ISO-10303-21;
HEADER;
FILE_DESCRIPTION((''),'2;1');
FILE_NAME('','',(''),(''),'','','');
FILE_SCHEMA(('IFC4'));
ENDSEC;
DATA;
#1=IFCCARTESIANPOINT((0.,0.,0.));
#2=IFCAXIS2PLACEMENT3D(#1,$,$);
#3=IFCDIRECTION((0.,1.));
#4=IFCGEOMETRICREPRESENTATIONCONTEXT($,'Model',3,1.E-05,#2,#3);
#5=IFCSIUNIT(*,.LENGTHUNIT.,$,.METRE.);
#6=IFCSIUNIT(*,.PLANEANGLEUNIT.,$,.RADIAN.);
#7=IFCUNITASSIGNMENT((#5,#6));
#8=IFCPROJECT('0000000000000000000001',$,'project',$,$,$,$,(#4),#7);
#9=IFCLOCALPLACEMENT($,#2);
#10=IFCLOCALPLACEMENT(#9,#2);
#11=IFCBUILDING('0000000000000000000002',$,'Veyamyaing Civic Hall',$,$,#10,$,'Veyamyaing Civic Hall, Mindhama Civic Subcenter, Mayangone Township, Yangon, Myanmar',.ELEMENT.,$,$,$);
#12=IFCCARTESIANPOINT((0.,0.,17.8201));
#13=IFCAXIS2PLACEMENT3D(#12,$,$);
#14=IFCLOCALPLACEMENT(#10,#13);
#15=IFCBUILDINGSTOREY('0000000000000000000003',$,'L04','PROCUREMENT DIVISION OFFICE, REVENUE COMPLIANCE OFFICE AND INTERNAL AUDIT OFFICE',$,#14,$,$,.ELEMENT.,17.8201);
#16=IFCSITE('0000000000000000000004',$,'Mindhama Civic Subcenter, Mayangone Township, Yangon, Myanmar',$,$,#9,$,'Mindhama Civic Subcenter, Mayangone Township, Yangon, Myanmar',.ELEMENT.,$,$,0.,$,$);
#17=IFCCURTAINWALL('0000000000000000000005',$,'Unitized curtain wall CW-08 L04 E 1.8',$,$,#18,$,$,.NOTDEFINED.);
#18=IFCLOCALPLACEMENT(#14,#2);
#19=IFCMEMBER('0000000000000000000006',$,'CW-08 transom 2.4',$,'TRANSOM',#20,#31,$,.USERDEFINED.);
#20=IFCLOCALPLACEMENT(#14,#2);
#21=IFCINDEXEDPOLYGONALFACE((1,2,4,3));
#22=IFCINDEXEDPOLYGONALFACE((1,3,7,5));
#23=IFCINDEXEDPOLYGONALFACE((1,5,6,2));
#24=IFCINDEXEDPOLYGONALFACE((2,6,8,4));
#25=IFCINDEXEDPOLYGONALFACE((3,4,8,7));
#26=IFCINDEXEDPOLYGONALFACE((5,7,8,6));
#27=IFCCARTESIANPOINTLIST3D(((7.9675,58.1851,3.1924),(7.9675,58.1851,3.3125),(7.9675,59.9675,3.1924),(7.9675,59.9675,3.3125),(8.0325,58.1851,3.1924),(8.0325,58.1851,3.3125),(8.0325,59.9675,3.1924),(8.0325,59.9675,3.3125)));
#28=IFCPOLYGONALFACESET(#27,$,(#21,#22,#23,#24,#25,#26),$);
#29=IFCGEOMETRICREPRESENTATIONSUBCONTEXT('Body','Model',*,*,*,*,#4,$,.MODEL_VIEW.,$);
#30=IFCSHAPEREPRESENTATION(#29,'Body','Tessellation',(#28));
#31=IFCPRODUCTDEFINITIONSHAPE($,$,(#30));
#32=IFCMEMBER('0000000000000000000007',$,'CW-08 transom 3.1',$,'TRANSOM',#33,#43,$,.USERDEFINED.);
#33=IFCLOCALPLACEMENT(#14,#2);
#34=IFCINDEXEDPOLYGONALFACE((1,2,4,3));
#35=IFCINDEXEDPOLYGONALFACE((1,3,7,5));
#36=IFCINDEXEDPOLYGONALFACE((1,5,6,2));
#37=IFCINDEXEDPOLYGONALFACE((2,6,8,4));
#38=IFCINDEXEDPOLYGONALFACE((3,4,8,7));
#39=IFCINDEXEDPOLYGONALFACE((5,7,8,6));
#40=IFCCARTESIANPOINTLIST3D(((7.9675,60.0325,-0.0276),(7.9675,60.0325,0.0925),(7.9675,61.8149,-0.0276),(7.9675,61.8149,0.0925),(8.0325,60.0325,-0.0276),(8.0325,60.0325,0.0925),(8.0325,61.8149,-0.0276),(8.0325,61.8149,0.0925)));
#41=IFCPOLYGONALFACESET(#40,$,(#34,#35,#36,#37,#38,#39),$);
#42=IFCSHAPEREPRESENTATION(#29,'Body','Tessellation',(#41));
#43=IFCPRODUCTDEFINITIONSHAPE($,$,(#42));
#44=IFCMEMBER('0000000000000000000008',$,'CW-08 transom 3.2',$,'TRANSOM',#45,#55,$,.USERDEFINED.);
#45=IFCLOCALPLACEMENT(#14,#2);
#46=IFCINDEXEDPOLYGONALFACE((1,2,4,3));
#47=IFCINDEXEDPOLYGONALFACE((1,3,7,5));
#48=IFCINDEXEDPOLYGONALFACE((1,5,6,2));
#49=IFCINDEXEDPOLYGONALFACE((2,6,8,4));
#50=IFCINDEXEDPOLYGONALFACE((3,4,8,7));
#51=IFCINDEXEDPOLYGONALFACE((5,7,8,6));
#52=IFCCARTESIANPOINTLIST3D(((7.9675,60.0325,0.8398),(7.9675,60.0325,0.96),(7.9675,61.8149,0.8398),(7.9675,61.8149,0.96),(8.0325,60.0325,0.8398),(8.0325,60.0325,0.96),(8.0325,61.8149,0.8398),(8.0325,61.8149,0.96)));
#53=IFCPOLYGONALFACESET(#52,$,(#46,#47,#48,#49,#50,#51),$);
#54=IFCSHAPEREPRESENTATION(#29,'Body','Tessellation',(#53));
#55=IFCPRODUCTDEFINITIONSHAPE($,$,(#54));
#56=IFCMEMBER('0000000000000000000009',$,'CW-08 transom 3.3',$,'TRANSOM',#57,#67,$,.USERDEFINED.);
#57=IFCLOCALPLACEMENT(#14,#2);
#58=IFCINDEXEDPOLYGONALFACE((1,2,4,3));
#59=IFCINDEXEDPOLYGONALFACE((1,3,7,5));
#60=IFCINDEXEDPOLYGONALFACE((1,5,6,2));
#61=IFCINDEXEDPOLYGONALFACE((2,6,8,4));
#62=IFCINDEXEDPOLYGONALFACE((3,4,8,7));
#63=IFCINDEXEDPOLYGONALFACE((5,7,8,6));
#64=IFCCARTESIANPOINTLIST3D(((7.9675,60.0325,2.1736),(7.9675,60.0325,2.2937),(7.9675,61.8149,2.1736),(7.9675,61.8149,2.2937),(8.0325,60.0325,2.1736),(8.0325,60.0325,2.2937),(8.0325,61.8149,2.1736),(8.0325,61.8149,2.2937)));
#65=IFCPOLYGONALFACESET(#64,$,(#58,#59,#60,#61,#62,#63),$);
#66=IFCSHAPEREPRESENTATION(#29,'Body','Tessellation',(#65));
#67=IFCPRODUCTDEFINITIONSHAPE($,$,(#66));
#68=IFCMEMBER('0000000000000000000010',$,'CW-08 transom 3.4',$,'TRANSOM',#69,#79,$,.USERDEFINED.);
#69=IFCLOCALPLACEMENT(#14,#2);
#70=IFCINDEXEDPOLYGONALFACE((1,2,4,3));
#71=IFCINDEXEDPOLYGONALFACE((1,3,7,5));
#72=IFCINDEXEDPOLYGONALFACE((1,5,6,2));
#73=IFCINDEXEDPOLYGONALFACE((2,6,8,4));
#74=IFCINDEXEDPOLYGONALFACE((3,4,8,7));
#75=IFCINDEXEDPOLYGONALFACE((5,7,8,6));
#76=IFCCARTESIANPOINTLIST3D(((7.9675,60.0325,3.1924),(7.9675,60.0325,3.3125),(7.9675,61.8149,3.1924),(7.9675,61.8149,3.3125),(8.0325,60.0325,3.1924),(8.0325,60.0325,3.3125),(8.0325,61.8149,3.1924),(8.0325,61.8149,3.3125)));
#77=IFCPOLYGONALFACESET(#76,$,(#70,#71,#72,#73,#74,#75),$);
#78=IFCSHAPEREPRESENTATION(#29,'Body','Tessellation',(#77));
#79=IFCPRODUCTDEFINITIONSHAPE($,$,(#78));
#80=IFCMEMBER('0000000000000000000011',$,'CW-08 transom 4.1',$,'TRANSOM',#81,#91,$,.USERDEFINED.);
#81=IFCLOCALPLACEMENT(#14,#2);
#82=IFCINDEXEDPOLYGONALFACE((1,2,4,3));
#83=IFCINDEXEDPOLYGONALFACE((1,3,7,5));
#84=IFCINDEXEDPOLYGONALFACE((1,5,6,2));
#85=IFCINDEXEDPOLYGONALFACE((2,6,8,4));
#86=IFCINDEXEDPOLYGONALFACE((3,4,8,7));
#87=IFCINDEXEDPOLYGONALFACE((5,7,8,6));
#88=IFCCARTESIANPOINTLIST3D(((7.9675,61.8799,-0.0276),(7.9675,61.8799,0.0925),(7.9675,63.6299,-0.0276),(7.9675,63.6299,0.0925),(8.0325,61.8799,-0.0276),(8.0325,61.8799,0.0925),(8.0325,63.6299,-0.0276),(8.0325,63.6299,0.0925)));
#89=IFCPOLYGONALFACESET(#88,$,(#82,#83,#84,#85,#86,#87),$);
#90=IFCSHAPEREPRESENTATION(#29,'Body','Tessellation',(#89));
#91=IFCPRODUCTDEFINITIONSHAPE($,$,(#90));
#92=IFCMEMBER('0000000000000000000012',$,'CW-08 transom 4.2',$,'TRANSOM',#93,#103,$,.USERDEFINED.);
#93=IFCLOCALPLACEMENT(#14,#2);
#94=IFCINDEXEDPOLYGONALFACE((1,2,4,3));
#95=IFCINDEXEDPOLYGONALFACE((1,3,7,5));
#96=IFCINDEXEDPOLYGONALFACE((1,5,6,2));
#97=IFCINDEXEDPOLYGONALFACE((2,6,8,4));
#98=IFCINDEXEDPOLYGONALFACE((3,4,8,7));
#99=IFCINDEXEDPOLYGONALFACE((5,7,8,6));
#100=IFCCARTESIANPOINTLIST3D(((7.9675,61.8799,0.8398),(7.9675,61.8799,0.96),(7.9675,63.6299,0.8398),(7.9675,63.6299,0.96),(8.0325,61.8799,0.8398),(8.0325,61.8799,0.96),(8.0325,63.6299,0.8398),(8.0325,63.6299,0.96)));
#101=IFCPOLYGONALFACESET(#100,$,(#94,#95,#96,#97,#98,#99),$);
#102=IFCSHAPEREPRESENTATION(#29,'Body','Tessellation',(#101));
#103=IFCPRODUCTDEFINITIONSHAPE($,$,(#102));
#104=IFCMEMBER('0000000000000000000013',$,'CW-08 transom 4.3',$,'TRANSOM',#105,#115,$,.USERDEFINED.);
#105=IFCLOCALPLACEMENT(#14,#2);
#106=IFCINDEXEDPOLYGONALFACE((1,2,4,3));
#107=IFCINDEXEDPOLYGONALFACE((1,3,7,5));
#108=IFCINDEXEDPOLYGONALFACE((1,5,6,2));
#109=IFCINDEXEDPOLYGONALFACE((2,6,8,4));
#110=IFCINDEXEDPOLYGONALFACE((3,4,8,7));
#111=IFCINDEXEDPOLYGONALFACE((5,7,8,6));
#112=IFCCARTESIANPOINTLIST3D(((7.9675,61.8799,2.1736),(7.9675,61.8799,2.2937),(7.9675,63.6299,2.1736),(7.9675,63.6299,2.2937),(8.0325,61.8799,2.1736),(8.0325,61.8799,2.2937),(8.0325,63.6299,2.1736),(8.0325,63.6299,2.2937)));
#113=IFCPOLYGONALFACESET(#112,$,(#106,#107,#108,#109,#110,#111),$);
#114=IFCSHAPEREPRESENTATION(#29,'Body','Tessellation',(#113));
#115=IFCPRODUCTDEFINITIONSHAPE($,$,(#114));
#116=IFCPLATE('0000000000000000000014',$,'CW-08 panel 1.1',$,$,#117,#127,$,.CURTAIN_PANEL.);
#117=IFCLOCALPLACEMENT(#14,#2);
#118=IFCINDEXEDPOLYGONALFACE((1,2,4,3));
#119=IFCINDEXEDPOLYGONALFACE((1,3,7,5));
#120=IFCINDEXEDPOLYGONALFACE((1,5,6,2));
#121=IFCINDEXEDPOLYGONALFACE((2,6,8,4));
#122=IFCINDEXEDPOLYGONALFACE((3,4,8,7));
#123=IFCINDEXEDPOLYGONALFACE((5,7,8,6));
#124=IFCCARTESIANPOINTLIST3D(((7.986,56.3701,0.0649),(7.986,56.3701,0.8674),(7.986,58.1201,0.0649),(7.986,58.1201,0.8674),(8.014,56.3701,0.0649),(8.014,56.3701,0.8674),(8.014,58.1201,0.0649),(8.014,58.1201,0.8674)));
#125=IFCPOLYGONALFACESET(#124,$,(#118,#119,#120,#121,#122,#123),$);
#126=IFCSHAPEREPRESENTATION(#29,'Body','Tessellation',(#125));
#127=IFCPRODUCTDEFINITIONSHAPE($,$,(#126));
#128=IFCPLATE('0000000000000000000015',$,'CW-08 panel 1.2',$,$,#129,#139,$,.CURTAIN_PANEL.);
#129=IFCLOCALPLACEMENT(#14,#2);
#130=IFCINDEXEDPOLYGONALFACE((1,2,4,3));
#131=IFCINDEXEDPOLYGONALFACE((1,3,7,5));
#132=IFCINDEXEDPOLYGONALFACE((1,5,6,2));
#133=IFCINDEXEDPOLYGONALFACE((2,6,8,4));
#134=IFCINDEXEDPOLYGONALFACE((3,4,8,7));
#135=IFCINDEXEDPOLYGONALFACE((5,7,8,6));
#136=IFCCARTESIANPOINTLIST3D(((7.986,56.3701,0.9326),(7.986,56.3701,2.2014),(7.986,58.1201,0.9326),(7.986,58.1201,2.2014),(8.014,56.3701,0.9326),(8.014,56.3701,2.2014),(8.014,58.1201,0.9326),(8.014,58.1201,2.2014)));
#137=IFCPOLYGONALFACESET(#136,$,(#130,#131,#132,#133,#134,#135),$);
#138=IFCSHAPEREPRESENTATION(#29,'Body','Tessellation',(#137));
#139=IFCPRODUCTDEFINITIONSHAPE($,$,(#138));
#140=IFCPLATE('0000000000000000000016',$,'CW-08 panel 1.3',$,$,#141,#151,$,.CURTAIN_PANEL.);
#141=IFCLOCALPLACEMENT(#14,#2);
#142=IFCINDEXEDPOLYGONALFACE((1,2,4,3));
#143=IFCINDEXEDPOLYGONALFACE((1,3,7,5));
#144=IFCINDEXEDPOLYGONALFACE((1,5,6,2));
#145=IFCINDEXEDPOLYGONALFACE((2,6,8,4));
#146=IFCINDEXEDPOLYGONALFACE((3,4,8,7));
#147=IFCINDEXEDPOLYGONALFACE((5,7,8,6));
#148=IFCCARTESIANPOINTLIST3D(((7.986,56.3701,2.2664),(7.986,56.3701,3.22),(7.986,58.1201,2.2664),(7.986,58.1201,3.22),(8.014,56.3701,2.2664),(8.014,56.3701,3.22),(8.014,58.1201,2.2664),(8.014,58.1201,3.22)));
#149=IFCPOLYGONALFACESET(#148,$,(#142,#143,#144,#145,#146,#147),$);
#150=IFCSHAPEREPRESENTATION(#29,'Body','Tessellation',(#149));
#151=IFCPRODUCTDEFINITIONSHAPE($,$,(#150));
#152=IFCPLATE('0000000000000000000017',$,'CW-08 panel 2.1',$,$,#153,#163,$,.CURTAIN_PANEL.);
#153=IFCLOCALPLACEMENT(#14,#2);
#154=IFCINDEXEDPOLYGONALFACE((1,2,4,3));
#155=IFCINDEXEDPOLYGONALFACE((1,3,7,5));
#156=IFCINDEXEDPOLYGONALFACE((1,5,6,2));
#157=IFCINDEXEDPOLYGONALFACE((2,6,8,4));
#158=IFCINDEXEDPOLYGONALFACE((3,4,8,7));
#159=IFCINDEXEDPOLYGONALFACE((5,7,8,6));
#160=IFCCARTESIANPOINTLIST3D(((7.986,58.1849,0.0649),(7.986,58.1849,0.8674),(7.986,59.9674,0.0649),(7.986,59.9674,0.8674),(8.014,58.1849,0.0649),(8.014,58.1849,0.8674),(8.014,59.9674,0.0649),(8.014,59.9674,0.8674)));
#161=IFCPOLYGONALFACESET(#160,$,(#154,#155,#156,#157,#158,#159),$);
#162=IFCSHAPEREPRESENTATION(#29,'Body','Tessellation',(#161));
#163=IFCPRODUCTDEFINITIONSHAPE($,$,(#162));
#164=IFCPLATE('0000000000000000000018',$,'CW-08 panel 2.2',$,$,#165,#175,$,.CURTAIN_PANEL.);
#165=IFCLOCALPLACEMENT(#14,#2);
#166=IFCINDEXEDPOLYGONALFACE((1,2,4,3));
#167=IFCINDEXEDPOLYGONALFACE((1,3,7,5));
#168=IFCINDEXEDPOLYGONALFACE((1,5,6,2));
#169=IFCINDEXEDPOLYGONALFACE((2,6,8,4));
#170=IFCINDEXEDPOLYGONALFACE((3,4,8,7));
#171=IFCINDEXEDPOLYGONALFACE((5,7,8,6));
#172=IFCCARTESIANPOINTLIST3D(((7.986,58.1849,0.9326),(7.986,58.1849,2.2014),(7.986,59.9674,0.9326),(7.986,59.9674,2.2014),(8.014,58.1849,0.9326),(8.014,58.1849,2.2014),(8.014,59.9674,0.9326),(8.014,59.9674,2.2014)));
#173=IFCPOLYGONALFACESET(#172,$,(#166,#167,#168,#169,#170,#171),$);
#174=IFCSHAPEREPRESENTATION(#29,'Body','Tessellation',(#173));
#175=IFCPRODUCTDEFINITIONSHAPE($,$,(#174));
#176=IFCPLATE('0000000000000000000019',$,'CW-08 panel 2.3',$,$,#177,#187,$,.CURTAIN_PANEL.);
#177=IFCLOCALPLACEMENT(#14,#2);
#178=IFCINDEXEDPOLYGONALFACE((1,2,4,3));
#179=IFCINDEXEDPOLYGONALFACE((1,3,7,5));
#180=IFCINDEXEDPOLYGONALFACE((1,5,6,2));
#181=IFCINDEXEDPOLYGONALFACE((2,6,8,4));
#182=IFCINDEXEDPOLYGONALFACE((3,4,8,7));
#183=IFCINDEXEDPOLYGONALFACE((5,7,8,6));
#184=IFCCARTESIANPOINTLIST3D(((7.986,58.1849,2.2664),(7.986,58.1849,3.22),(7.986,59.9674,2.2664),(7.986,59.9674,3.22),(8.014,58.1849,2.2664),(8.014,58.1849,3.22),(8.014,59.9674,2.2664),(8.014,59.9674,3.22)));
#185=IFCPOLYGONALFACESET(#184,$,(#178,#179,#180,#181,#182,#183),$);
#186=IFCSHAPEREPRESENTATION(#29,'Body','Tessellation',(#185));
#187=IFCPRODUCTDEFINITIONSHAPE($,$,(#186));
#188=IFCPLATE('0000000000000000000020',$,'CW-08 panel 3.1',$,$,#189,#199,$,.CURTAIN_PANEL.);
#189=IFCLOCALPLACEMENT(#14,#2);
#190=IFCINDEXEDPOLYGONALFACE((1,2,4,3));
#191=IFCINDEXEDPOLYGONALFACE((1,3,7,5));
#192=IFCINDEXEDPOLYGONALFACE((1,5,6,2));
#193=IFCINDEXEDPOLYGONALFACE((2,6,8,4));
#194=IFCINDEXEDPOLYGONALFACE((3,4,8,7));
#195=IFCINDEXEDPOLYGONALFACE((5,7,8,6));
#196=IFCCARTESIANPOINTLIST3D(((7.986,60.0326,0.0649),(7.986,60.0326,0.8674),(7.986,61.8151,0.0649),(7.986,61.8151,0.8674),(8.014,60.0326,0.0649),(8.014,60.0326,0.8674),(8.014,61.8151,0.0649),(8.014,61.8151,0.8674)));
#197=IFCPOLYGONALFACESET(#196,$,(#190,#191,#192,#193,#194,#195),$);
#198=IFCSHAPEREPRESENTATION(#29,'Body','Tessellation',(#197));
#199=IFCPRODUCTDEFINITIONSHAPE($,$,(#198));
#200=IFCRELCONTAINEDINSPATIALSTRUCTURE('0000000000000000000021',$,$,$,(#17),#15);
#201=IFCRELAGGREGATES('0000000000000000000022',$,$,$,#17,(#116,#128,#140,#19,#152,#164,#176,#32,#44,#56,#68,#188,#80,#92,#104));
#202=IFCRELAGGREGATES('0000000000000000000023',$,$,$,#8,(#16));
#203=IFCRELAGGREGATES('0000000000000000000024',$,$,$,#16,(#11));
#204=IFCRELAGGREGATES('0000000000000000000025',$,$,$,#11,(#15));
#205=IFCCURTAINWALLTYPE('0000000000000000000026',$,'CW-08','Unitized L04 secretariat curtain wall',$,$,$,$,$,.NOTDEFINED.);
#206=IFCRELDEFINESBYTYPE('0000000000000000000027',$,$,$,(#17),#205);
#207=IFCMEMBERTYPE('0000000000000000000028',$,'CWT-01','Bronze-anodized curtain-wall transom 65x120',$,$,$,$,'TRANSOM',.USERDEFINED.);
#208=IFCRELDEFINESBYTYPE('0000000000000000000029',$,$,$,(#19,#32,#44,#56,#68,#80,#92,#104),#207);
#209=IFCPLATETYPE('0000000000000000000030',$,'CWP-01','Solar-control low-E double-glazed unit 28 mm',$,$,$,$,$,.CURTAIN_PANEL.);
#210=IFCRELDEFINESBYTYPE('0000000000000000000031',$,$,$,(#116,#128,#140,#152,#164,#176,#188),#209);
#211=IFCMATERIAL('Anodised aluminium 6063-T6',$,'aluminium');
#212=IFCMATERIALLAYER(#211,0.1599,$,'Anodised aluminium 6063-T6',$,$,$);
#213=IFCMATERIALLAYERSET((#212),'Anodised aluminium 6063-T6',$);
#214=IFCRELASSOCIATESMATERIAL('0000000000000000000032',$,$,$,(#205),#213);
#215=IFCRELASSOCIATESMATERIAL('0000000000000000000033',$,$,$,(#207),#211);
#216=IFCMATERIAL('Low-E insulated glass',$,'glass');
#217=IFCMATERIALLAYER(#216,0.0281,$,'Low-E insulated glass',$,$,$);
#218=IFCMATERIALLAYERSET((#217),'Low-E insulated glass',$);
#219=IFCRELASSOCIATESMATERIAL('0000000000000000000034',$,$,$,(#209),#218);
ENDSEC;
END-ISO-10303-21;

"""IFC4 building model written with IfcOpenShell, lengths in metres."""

from ifc_helpers import new_model, si_unit, direction, frame, origin, origin_2d, place, context, subcontext, project, spatial, rectangle, extrude, material, layer, layer_set, material_profile, profile_set, type_object, element, aggregate, save


model = new_model("IFC4")

# Units and contexts
model_context = context("Model", 3, precision=1e-05, world=origin(), true_north=direction((0.0, 1.0)))
body_context = subcontext(model_context, "Body", "Model", "MODEL_VIEW")
ifc_project = project(units=[si_unit("LENGTHUNIT", "METRE"), si_unit("PLANEANGLEUNIT", "RADIAN")], contexts=[model_context])

# Site, building, storey
site_placement = place(None, origin())
site = spatial("IfcSite", under=ifc_project, at=site_placement, Name="Mindhama Civic Subcenter, Mayangone Township, Yangon, Myanmar", LongName="Mindhama Civic Subcenter, Mayangone Township, Yangon, Myanmar", CompositionType="ELEMENT", RefElevation=0.0)
building_placement = place(site_placement, origin())
building = spatial("IfcBuilding", under=site, at=building_placement, Name="Veyamyaing Civic Hall", LongName="Veyamyaing Civic Hall, Mindhama Civic Subcenter, Mayangone Township, Yangon, Myanmar", CompositionType="ELEMENT")
storey_placement = place(building_placement, frame((0.0, 0.0, 17.8201)))
storey = spatial("IfcBuildingStorey", under=building, at=storey_placement, Name="L04", Description="PROCUREMENT DIVISION OFFICE, REVENUE COMPLIANCE OFFICE AND INTERNAL AUDIT OFFICE", CompositionType="ELEMENT", Elevation=17.8201)

# Curtain wall, members, plates
ifc_material_1 = material(Name="Anodised aluminium 6063-T6", Category="aluminium")
ifc_layer_1 = layer(ifc_material_1, 0.1599, Name="Anodised aluminium 6063-T6")
ifc_layer_set_1 = layer_set([ifc_layer_1], Name="Anodised aluminium 6063-T6")
curtain_wall_type = type_object("IfcCurtainWallType", Name="CW-08", Description="Unitized L04 secretariat curtain wall", PredefinedType="NOTDEFINED", material=ifc_layer_set_1)
curtain_wall_placement = place(storey_placement, origin())
curtain_wall = element("IfcCurtainWall", 1, at=curtain_wall_placement, inside=storey, type_object=curtain_wall_type, Name="Unitized curtain wall CW-08 L04 E 1.8", PredefinedType="NOTDEFINED")
ifc_material_profile_1 = material_profile(ifc_material_1, rectangle(XDim=0.0649, YDim=0.1201, at=origin_2d()), Name="ALU-TRN-65X120")
ifc_profile_set_1 = profile_set([ifc_material_profile_1], Name="Anodised aluminium 6063-T6")
member_type_1 = type_object("IfcMemberType", Name="CWT-01", Description="Bronze-anodized curtain-wall transom 65x120", ElementType="TRANSOM", PredefinedType="USERDEFINED", material=ifc_profile_set_1)
member_1_placement = place(storey_placement, frame((8.0, 58.1851, 3.2524), z_axis=(0.0, 1.0, 0.0), x_axis=(-1.0, 0.0, 0.0)))
member_1 = element("IfcMember", 2, at=member_1_placement, type_object=member_type_1, Name="CW-08 transom 2.4", ObjectType="TRANSOM", PredefinedType="USERDEFINED", context=body_context, shape_type="SweptSolid", body=[
    extrude(rectangle(XDim=0.0649, YDim=0.1201, at=origin_2d()), origin(), (0.0, 0.0, 1.0), 1.7825),
])
member_2_placement = place(storey_placement, frame((8.0, 60.0325, 0.0325), z_axis=(0.0, 1.0, 0.0), x_axis=(-1.0, 0.0, 0.0)))
member_2 = element("IfcMember", 3, at=member_2_placement, type_object=member_type_1, Name="CW-08 transom 3.1", ObjectType="TRANSOM", PredefinedType="USERDEFINED", context=body_context, shape_type="SweptSolid", body=[
    extrude(rectangle(XDim=0.0649, YDim=0.1201, at=origin_2d()), origin(), (0.0, 0.0, 1.0), 1.7825),
])
member_3_placement = place(storey_placement, frame((8.0, 60.0325, 0.8999), z_axis=(0.0, 1.0, 0.0), x_axis=(-1.0, 0.0, 0.0)))
member_3 = element("IfcMember", 4, at=member_3_placement, type_object=member_type_1, Name="CW-08 transom 3.2", ObjectType="TRANSOM", PredefinedType="USERDEFINED", context=body_context, shape_type="SweptSolid", body=[
    extrude(rectangle(XDim=0.0649, YDim=0.1201, at=origin_2d()), origin(), (0.0, 0.0, 1.0), 1.7825),
])
member_4_placement = place(storey_placement, frame((8.0, 60.0325, 2.2336), z_axis=(0.0, 1.0, 0.0), x_axis=(-1.0, 0.0, 0.0)))
member_4 = element("IfcMember", 5, at=member_4_placement, type_object=member_type_1, Name="CW-08 transom 3.3", ObjectType="TRANSOM", PredefinedType="USERDEFINED", context=body_context, shape_type="SweptSolid", body=[
    extrude(rectangle(XDim=0.0649, YDim=0.1201, at=origin_2d()), origin(), (0.0, 0.0, 1.0), 1.7825),
])
member_5_placement = place(storey_placement, frame((8.0, 60.0325, 3.2524), z_axis=(0.0, 1.0, 0.0), x_axis=(-1.0, 0.0, 0.0)))
member_5 = element("IfcMember", 6, at=member_5_placement, type_object=member_type_1, Name="CW-08 transom 3.4", ObjectType="TRANSOM", PredefinedType="USERDEFINED", context=body_context, shape_type="SweptSolid", body=[
    extrude(rectangle(XDim=0.0649, YDim=0.1201, at=origin_2d()), origin(), (0.0, 0.0, 1.0), 1.7825),
])
member_6_placement = place(storey_placement, frame((8.0, 61.8799, 0.0325), z_axis=(0.0, 1.0, 0.0), x_axis=(-1.0, 0.0, 0.0)))
member_6 = element("IfcMember", 7, at=member_6_placement, type_object=member_type_1, Name="CW-08 transom 4.1", ObjectType="TRANSOM", PredefinedType="USERDEFINED", context=body_context, shape_type="SweptSolid", body=[
    extrude(rectangle(XDim=0.0649, YDim=0.1201, at=origin_2d()), origin(), (0.0, 0.0, 1.0), 1.75),
])
member_7_placement = place(storey_placement, frame((8.0, 61.8799, 0.8999), z_axis=(0.0, 1.0, 0.0), x_axis=(-1.0, 0.0, 0.0)))
member_7 = element("IfcMember", 8, at=member_7_placement, type_object=member_type_1, Name="CW-08 transom 4.2", ObjectType="TRANSOM", PredefinedType="USERDEFINED", context=body_context, shape_type="SweptSolid", body=[
    extrude(rectangle(XDim=0.0649, YDim=0.1201, at=origin_2d()), origin(), (0.0, 0.0, 1.0), 1.75),
])
member_8_placement = place(storey_placement, frame((8.0, 61.8799, 2.2336), z_axis=(0.0, 1.0, 0.0), x_axis=(-1.0, 0.0, 0.0)))
member_8 = element("IfcMember", 9, at=member_8_placement, type_object=member_type_1, Name="CW-08 transom 4.3", ObjectType="TRANSOM", PredefinedType="USERDEFINED", context=body_context, shape_type="SweptSolid", body=[
    extrude(rectangle(XDim=0.0649, YDim=0.1201, at=origin_2d()), origin(), (0.0, 0.0, 1.0), 1.75),
])
ifc_material_2 = material(Name="Low-E insulated glass", Category="glass")
ifc_layer_2 = layer(ifc_material_2, 0.0281, Name="Low-E insulated glass")
ifc_layer_set_2 = layer_set([ifc_layer_2], Name="Low-E insulated glass")
plate_type = type_object("IfcPlateType", Name="CWP-01", Description="Solar-control low-E double-glazed unit 28 mm", PredefinedType="CURTAIN_PANEL", material=ifc_layer_set_2)
plate_1_placement = place(storey_placement, frame((8.0, 57.2451, 0.0649), z_axis=(0.0, 0.0, 1.0), x_axis=(0.0, 1.0, 0.0)))
plate_1 = element("IfcPlate", 10, at=plate_1_placement, type_object=plate_type, Name="CW-08 panel 1.1", PredefinedType="CURTAIN_PANEL", context=body_context, shape_type="SweptSolid", body=[
    extrude(rectangle(XDim=1.75, YDim=0.0281, at=origin_2d()), origin(), (0.0, 0.0, 1.0), 0.8025),
])
plate_2_placement = place(storey_placement, frame((8.0, 57.2451, 0.9326), z_axis=(0.0, 0.0, 1.0), x_axis=(0.0, 1.0, 0.0)))
plate_2 = element("IfcPlate", 11, at=plate_2_placement, type_object=plate_type, Name="CW-08 panel 1.2", PredefinedType="CURTAIN_PANEL", context=body_context, shape_type="SweptSolid", body=[
    extrude(rectangle(XDim=1.75, YDim=0.0281, at=origin_2d()), origin(), (0.0, 0.0, 1.0), 1.2688),
])
plate_3_placement = place(storey_placement, frame((8.0, 57.2451, 2.2664), z_axis=(0.0, 0.0, 1.0), x_axis=(0.0, 1.0, 0.0)))
plate_3 = element("IfcPlate", 12, at=plate_3_placement, type_object=plate_type, Name="CW-08 panel 1.3", PredefinedType="CURTAIN_PANEL", context=body_context, shape_type="SweptSolid", body=[
    extrude(rectangle(XDim=1.75, YDim=0.0281, at=origin_2d()), origin(), (0.0, 0.0, 1.0), 0.9536),
])
plate_4_placement = place(storey_placement, frame((8.0, 59.0762, 0.0649), z_axis=(0.0, 0.0, 1.0), x_axis=(0.0, 1.0, 0.0)))
plate_4 = element("IfcPlate", 13, at=plate_4_placement, type_object=plate_type, Name="CW-08 panel 2.1", PredefinedType="CURTAIN_PANEL", context=body_context, shape_type="SweptSolid", body=[
    extrude(rectangle(XDim=1.7825, YDim=0.0281, at=origin_2d()), origin(), (0.0, 0.0, 1.0), 0.8025),
])
plate_5_placement = place(storey_placement, frame((8.0, 59.0762, 0.9326), z_axis=(0.0, 0.0, 1.0), x_axis=(0.0, 1.0, 0.0)))
plate_5 = element("IfcPlate", 14, at=plate_5_placement, type_object=plate_type, Name="CW-08 panel 2.2", PredefinedType="CURTAIN_PANEL", context=body_context, shape_type="SweptSolid", body=[
    extrude(rectangle(XDim=1.7825, YDim=0.0281, at=origin_2d()), origin(), (0.0, 0.0, 1.0), 1.2688),
])
plate_6_placement = place(storey_placement, frame((8.0, 59.0762, 2.2664), z_axis=(0.0, 0.0, 1.0), x_axis=(0.0, 1.0, 0.0)))
plate_6 = element("IfcPlate", 15, at=plate_6_placement, type_object=plate_type, Name="CW-08 panel 2.3", PredefinedType="CURTAIN_PANEL", context=body_context, shape_type="SweptSolid", body=[
    extrude(rectangle(XDim=1.7825, YDim=0.0281, at=origin_2d()), origin(), (0.0, 0.0, 1.0), 0.9536),
])
plate_7_placement = place(storey_placement, frame((8.0, 60.9238, 0.0649), z_axis=(0.0, 0.0, 1.0), x_axis=(0.0, 1.0, 0.0)))
plate_7 = element("IfcPlate", 16, at=plate_7_placement, type_object=plate_type, Name="CW-08 panel 3.1", PredefinedType="CURTAIN_PANEL", context=body_context, shape_type="SweptSolid", body=[
    extrude(rectangle(XDim=1.7825, YDim=0.0281, at=origin_2d()), origin(), (0.0, 0.0, 1.0), 0.8025),
])
aggregate(curtain_wall, [plate_1, plate_2, plate_3, member_1, plate_4, plate_5, plate_6, member_2, member_3, member_4, member_5, plate_7, member_6, member_7, member_8])

save(model, "model.ifc")
